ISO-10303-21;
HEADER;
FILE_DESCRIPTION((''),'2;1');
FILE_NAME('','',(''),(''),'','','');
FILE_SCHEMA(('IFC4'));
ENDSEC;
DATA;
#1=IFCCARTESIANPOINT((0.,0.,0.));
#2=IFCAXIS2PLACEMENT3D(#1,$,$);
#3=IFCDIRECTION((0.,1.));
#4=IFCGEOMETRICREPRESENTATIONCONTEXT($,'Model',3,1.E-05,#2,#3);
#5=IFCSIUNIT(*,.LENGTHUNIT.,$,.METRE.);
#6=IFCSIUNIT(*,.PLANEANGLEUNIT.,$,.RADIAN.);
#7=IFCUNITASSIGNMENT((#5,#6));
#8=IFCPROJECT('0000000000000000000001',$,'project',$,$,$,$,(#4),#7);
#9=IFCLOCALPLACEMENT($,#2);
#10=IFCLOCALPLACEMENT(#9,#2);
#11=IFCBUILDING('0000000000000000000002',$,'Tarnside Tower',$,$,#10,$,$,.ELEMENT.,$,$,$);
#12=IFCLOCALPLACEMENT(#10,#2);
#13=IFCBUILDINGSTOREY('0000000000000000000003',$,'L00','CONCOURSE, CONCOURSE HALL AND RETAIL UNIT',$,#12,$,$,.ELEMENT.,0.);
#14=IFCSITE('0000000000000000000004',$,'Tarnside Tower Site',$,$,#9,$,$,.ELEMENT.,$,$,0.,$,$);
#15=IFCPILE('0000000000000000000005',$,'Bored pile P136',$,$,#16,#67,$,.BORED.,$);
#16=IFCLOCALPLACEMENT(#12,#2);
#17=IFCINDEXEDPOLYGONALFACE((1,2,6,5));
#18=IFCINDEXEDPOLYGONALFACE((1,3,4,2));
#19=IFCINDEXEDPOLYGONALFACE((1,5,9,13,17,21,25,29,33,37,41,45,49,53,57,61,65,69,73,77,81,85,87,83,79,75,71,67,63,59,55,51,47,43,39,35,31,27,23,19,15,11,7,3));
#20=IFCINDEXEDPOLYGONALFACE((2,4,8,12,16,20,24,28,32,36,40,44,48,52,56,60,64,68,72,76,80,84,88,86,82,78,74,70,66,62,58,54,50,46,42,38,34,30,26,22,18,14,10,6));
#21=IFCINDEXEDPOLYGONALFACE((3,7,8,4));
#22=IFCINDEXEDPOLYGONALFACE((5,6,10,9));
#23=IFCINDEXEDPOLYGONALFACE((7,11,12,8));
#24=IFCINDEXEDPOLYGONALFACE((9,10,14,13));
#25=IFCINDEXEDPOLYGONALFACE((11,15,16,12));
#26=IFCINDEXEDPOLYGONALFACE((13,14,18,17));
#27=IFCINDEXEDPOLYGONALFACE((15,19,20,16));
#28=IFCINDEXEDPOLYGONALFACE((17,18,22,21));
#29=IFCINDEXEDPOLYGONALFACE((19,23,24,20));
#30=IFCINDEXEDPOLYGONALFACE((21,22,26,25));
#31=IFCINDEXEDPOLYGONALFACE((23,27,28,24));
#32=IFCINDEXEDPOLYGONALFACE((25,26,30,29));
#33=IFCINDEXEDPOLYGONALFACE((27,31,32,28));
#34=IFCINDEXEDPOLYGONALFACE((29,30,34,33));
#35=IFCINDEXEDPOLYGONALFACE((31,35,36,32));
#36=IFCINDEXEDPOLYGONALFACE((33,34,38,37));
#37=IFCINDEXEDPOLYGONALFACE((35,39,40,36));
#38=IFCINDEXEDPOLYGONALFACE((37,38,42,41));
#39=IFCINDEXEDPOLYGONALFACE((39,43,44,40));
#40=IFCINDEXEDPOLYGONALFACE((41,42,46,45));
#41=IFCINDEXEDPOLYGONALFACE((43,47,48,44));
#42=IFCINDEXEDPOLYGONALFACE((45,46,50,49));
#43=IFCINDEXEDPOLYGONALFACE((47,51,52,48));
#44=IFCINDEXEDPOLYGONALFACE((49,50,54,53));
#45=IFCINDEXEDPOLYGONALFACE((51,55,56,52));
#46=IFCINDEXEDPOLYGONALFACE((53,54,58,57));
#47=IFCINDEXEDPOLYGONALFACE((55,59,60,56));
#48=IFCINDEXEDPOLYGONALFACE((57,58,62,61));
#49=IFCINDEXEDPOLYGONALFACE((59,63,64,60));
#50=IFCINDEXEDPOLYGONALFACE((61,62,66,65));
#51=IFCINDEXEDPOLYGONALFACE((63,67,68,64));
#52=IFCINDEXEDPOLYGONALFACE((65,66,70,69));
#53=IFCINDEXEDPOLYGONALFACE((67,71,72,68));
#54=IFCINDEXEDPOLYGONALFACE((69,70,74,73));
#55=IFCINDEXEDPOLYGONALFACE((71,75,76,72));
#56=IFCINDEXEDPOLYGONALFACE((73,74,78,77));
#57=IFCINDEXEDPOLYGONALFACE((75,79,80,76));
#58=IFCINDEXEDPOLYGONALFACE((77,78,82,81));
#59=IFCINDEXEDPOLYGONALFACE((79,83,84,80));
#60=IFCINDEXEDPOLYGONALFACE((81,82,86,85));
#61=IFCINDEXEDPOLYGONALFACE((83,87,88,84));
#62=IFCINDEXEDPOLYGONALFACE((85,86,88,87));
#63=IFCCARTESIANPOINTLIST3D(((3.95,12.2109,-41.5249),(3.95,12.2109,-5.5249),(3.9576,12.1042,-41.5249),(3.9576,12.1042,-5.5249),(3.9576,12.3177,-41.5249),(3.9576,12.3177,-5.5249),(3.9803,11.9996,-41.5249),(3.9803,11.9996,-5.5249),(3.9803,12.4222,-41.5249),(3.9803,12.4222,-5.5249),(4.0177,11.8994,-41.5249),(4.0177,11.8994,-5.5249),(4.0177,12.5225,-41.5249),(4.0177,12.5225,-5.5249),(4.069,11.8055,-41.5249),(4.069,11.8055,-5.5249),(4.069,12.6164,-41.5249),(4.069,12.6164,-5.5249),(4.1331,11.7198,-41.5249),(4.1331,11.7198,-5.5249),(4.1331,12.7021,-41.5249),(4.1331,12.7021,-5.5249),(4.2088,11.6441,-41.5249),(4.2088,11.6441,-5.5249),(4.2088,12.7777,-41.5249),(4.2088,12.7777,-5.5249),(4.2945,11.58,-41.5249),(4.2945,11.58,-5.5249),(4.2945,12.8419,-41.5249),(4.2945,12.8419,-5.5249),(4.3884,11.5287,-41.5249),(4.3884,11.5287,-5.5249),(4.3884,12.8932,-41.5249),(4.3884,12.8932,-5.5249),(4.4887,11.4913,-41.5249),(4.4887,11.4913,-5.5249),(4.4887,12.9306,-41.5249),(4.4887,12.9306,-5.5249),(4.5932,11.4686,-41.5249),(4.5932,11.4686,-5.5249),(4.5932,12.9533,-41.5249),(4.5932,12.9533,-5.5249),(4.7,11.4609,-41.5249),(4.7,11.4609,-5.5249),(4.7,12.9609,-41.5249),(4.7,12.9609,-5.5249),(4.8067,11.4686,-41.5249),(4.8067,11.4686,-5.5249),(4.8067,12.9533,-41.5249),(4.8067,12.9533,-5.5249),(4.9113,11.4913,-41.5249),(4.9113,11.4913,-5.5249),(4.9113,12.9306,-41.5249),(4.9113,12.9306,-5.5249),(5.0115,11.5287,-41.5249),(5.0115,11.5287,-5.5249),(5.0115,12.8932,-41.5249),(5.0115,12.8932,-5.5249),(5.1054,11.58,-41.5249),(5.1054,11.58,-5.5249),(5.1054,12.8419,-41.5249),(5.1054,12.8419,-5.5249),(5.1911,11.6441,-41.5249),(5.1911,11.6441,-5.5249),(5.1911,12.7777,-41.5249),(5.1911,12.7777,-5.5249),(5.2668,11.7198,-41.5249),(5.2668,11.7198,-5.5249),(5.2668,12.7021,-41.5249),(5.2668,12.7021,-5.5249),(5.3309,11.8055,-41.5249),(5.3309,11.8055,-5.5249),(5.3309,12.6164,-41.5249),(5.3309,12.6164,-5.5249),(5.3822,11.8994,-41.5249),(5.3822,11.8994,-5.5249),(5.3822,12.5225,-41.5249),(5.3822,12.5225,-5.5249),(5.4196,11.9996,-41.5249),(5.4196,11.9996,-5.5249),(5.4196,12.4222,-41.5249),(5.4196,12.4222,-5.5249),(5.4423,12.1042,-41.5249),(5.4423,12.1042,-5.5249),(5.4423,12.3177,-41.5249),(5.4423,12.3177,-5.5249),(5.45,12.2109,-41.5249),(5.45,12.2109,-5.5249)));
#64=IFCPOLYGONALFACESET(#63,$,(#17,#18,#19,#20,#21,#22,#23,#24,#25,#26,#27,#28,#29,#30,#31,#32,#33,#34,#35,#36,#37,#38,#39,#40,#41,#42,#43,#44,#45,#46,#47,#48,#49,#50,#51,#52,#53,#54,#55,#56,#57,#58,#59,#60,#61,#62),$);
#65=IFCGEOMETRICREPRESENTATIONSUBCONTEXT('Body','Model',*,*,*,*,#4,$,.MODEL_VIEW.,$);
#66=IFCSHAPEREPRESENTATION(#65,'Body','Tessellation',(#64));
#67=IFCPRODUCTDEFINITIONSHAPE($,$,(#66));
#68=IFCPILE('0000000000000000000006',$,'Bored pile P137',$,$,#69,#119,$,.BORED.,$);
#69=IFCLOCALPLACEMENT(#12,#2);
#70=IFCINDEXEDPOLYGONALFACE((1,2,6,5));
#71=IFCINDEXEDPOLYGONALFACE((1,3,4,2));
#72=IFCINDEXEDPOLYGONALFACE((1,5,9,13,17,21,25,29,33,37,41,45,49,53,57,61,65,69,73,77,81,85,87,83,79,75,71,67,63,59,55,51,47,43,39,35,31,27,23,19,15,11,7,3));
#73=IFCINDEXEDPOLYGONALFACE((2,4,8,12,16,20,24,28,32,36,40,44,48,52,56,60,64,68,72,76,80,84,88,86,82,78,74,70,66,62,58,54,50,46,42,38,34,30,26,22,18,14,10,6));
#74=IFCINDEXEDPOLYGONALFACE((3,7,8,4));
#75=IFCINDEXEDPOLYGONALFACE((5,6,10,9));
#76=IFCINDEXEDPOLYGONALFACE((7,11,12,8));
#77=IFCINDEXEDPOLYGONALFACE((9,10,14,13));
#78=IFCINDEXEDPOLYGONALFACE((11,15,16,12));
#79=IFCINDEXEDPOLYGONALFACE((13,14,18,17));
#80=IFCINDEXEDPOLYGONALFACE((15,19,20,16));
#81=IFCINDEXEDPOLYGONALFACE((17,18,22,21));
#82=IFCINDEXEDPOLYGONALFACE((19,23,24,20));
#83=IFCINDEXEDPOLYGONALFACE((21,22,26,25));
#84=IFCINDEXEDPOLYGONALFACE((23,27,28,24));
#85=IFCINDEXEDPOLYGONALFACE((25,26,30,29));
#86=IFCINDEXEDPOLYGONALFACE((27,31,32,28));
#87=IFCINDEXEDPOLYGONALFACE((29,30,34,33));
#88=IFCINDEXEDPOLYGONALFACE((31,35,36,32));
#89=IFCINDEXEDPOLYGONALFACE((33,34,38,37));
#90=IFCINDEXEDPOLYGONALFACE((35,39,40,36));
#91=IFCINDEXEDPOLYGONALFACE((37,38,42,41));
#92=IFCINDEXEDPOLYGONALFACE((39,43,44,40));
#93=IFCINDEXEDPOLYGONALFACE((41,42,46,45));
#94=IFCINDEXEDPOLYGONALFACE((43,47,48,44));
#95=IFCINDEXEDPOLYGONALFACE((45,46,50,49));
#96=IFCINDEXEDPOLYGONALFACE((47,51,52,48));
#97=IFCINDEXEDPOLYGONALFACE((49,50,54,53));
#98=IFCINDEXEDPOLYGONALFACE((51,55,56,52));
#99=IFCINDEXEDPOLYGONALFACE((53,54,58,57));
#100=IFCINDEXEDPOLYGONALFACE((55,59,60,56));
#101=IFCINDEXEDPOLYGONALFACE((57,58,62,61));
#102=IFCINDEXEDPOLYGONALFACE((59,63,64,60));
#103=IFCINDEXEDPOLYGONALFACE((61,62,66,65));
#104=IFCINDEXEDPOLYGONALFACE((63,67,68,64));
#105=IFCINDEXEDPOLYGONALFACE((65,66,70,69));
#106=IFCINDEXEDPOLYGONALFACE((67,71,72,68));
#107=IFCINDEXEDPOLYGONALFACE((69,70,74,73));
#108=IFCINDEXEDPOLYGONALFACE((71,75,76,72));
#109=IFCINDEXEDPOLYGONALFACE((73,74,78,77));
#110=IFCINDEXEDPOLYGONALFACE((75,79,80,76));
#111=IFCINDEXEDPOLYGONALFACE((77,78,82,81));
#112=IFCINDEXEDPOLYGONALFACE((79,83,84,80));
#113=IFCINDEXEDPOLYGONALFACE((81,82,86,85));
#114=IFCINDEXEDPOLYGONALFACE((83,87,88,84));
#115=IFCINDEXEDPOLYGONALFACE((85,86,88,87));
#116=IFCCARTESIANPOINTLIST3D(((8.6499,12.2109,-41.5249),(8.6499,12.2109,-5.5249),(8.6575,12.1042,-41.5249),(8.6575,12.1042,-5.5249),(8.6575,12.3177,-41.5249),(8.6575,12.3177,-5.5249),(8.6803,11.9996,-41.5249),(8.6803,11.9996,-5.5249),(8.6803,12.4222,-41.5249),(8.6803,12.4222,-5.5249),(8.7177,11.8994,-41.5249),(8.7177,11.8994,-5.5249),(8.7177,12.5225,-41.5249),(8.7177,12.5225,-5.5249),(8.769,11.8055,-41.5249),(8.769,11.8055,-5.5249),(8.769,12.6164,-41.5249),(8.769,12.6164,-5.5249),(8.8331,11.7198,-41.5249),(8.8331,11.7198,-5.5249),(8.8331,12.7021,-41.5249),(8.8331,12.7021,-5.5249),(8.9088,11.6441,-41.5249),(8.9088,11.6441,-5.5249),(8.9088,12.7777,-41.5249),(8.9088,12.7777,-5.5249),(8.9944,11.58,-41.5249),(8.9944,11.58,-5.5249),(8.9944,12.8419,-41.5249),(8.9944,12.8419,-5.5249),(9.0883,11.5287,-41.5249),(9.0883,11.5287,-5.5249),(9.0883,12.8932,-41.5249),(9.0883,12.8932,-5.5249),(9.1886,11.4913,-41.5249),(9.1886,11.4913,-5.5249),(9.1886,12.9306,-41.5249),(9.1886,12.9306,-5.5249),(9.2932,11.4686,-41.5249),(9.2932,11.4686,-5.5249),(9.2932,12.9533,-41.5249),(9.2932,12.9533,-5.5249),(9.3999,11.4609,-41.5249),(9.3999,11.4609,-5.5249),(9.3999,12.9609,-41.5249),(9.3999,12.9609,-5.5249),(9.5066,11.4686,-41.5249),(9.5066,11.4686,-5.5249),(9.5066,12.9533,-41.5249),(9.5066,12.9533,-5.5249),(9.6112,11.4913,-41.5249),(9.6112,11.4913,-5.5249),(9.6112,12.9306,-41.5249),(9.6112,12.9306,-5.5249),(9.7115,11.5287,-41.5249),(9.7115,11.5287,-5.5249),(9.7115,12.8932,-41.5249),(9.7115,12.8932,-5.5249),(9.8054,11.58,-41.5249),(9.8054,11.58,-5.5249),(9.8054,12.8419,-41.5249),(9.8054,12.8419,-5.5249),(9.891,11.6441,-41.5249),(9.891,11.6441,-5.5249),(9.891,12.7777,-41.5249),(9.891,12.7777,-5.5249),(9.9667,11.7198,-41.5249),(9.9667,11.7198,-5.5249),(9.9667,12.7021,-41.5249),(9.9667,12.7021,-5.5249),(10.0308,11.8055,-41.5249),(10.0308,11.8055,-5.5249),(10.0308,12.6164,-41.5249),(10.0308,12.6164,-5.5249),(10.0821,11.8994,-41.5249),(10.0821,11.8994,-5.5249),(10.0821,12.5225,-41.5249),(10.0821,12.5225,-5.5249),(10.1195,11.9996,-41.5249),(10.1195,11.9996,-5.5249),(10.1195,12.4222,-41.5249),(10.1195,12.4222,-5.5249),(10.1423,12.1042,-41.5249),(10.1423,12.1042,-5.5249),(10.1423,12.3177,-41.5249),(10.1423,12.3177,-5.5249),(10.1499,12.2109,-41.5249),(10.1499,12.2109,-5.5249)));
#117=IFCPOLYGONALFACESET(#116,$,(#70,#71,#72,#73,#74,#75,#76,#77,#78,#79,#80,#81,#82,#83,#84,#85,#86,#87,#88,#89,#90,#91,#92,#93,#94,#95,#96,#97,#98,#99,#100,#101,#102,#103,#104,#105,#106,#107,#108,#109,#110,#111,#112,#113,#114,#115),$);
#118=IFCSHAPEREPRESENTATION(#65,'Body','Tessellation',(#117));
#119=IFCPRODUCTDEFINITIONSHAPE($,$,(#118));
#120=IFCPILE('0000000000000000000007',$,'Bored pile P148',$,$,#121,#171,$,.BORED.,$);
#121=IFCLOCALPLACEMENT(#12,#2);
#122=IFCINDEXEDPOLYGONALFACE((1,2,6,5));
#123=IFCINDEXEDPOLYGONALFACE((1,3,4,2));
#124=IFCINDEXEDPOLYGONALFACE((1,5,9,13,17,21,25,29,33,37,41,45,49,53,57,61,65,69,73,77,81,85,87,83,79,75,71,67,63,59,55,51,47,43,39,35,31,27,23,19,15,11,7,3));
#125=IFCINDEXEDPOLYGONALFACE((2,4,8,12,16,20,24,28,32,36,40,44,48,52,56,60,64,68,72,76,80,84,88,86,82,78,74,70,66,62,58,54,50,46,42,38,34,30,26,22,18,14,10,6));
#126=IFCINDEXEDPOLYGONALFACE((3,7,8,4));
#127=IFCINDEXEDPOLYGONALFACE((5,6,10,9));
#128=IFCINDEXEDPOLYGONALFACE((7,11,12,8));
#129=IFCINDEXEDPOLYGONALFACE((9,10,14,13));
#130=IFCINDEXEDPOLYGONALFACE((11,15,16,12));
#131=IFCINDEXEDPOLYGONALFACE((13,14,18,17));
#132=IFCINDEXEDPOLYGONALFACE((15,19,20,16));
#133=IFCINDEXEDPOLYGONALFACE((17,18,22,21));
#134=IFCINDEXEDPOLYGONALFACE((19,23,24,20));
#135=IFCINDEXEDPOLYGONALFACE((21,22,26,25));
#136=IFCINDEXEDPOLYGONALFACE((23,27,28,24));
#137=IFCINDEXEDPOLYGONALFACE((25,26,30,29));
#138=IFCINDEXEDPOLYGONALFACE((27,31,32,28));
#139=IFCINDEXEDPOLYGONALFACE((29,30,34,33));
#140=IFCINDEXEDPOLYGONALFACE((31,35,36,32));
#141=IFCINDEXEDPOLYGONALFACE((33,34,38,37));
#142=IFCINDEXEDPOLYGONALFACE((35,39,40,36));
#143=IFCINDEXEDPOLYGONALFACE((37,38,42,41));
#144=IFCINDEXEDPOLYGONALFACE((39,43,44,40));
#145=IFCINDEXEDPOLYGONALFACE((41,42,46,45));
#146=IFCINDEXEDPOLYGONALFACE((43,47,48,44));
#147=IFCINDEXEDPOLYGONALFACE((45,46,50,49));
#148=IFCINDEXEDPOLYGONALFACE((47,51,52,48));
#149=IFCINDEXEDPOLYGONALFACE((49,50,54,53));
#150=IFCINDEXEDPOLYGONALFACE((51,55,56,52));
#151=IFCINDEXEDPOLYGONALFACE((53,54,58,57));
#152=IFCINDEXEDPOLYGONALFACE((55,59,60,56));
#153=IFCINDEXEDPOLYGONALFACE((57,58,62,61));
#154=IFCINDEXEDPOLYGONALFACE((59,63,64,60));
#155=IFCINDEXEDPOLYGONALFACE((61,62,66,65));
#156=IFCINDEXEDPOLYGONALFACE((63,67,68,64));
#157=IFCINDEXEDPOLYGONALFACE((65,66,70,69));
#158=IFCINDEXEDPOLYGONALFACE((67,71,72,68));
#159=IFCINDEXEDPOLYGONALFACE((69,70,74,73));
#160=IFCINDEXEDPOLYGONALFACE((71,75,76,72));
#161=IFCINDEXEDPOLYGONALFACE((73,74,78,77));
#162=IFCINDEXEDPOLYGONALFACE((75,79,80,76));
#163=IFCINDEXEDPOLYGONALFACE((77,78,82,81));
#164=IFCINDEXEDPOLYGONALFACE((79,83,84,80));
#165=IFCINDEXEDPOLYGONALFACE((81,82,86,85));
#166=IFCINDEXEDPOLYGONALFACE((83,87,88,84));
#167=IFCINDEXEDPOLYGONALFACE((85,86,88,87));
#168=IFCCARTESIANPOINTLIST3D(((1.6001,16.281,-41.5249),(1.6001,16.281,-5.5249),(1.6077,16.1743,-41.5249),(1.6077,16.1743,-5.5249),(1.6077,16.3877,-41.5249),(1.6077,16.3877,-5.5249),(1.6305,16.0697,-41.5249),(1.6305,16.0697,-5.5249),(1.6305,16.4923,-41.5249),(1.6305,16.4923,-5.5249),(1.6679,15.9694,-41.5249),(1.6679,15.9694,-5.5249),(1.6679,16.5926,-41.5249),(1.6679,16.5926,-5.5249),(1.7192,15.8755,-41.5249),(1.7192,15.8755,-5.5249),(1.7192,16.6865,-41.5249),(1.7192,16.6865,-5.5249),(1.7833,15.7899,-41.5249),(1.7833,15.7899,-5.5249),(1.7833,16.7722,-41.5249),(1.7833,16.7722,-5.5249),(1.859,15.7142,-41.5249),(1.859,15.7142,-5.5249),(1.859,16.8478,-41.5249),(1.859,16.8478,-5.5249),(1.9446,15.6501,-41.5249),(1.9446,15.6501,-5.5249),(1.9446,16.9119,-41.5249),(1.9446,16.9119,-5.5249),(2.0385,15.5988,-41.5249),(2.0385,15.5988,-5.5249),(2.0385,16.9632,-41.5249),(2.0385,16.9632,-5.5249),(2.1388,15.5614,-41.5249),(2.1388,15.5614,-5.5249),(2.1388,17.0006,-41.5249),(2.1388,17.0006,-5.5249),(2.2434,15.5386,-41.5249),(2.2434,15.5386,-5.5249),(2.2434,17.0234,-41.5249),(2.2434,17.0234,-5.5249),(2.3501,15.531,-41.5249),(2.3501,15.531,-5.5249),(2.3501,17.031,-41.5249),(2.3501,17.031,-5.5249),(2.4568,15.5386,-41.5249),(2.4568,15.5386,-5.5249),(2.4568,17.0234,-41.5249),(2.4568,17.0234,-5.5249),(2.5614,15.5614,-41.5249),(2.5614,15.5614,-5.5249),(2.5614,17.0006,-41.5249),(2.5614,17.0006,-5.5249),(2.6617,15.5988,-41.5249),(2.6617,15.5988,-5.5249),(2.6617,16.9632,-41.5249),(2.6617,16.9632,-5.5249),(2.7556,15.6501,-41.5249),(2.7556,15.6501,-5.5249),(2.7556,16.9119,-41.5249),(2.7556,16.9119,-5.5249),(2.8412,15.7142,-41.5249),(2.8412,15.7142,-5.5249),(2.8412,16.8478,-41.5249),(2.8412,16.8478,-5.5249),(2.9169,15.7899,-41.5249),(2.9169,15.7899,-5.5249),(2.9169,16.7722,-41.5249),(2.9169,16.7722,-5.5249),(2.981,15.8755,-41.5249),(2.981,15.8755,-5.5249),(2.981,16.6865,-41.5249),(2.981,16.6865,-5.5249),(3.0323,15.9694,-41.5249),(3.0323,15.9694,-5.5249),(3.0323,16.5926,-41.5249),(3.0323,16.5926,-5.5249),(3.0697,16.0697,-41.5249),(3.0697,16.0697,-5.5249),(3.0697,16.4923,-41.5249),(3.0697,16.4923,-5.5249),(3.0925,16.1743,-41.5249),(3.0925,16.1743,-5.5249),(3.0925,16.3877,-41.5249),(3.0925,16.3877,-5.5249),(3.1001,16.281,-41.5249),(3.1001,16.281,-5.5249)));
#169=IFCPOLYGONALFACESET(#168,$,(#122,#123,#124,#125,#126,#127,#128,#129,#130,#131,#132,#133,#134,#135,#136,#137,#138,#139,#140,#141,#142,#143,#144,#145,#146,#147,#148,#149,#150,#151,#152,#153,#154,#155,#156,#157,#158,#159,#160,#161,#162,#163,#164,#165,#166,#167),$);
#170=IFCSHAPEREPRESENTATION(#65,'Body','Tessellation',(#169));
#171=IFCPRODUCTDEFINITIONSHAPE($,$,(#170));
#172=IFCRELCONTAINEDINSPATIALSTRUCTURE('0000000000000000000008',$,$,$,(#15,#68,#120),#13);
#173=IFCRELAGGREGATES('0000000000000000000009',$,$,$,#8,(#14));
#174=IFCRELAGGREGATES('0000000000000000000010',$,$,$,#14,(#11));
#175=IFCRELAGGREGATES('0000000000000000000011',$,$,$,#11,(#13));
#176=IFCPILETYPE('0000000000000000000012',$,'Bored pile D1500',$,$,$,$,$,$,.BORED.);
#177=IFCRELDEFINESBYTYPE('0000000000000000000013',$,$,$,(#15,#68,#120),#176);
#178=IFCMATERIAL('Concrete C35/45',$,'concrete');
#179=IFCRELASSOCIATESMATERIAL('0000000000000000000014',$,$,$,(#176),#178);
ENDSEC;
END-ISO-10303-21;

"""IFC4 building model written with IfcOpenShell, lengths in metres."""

from ifc_helpers import new_model, si_unit, direction, frame, origin, origin_2d, place, context, subcontext, project, spatial, circle, extrude, material, material_profile, profile_set, type_object, element, save


model = new_model("IFC4")

# Units and contexts
model_context = context("Model", 3, precision=1e-05, world=origin(), true_north=direction((0.0, 1.0)))
body_context = subcontext(model_context, "Body", "Model", "MODEL_VIEW")
ifc_project = project(units=[si_unit("LENGTHUNIT", "METRE"), si_unit("PLANEANGLEUNIT", "RADIAN")], contexts=[model_context])

# Site, building, storey
site_placement = place(None, origin())
site = spatial("IfcSite", under=ifc_project, at=site_placement, Name="Tarnside Tower Site", CompositionType="ELEMENT", RefElevation=0.0)
building_placement = place(site_placement, origin())
building = spatial("IfcBuilding", under=site, at=building_placement, Name="Tarnside Tower", CompositionType="ELEMENT")
storey_placement = place(building_placement, origin())
storey = spatial("IfcBuildingStorey", under=building, at=storey_placement, Name="L00", Description="CONCOURSE, CONCOURSE HALL AND RETAIL UNIT", CompositionType="ELEMENT", Elevation=0.0)

# Piles
ifc_material_1 = material(Name="Concrete C35/45", Category="concrete")
ifc_material_profile_1 = material_profile(ifc_material_1, circle(Radius=0.75, at=origin_2d()), Name="Bored pile D1500")
ifc_profile_set_1 = profile_set([ifc_material_profile_1], Name="Concrete C35/45")
pile_type = type_object("IfcPileType", Name="Bored pile D1500", PredefinedType="BORED", material=ifc_profile_set_1)
for number, where, z_axis, x_axis, name in (
    (1, (4.7, 12.2109, -5.5249), (0.0, 0.0, -1.0), (1.0, 0.0, 0.0), "Bored pile P136"),
    (2, (9.3999, 12.2109, -5.5249), (0.0, 0.0, -1.0), (1.0, 0.0, 0.0), "Bored pile P137"),
    (3, (2.3501, 16.281, -5.5249), (0.0, 0.0, -1.0), (1.0, 0.0, 0.0), "Bored pile P148"),
):
    element("IfcPile", number, at=place(storey_placement, frame(where, z_axis=z_axis, x_axis=x_axis)), inside=storey, type_object=pile_type, Name=name, PredefinedType="BORED", context=body_context, shape_type="SweptSolid", body=[
        extrude(circle(Radius=0.75, at=origin_2d()), origin(), (0.0, 0.0, 1.0), 36.0),
    ])

save(model, "model.ifc")
